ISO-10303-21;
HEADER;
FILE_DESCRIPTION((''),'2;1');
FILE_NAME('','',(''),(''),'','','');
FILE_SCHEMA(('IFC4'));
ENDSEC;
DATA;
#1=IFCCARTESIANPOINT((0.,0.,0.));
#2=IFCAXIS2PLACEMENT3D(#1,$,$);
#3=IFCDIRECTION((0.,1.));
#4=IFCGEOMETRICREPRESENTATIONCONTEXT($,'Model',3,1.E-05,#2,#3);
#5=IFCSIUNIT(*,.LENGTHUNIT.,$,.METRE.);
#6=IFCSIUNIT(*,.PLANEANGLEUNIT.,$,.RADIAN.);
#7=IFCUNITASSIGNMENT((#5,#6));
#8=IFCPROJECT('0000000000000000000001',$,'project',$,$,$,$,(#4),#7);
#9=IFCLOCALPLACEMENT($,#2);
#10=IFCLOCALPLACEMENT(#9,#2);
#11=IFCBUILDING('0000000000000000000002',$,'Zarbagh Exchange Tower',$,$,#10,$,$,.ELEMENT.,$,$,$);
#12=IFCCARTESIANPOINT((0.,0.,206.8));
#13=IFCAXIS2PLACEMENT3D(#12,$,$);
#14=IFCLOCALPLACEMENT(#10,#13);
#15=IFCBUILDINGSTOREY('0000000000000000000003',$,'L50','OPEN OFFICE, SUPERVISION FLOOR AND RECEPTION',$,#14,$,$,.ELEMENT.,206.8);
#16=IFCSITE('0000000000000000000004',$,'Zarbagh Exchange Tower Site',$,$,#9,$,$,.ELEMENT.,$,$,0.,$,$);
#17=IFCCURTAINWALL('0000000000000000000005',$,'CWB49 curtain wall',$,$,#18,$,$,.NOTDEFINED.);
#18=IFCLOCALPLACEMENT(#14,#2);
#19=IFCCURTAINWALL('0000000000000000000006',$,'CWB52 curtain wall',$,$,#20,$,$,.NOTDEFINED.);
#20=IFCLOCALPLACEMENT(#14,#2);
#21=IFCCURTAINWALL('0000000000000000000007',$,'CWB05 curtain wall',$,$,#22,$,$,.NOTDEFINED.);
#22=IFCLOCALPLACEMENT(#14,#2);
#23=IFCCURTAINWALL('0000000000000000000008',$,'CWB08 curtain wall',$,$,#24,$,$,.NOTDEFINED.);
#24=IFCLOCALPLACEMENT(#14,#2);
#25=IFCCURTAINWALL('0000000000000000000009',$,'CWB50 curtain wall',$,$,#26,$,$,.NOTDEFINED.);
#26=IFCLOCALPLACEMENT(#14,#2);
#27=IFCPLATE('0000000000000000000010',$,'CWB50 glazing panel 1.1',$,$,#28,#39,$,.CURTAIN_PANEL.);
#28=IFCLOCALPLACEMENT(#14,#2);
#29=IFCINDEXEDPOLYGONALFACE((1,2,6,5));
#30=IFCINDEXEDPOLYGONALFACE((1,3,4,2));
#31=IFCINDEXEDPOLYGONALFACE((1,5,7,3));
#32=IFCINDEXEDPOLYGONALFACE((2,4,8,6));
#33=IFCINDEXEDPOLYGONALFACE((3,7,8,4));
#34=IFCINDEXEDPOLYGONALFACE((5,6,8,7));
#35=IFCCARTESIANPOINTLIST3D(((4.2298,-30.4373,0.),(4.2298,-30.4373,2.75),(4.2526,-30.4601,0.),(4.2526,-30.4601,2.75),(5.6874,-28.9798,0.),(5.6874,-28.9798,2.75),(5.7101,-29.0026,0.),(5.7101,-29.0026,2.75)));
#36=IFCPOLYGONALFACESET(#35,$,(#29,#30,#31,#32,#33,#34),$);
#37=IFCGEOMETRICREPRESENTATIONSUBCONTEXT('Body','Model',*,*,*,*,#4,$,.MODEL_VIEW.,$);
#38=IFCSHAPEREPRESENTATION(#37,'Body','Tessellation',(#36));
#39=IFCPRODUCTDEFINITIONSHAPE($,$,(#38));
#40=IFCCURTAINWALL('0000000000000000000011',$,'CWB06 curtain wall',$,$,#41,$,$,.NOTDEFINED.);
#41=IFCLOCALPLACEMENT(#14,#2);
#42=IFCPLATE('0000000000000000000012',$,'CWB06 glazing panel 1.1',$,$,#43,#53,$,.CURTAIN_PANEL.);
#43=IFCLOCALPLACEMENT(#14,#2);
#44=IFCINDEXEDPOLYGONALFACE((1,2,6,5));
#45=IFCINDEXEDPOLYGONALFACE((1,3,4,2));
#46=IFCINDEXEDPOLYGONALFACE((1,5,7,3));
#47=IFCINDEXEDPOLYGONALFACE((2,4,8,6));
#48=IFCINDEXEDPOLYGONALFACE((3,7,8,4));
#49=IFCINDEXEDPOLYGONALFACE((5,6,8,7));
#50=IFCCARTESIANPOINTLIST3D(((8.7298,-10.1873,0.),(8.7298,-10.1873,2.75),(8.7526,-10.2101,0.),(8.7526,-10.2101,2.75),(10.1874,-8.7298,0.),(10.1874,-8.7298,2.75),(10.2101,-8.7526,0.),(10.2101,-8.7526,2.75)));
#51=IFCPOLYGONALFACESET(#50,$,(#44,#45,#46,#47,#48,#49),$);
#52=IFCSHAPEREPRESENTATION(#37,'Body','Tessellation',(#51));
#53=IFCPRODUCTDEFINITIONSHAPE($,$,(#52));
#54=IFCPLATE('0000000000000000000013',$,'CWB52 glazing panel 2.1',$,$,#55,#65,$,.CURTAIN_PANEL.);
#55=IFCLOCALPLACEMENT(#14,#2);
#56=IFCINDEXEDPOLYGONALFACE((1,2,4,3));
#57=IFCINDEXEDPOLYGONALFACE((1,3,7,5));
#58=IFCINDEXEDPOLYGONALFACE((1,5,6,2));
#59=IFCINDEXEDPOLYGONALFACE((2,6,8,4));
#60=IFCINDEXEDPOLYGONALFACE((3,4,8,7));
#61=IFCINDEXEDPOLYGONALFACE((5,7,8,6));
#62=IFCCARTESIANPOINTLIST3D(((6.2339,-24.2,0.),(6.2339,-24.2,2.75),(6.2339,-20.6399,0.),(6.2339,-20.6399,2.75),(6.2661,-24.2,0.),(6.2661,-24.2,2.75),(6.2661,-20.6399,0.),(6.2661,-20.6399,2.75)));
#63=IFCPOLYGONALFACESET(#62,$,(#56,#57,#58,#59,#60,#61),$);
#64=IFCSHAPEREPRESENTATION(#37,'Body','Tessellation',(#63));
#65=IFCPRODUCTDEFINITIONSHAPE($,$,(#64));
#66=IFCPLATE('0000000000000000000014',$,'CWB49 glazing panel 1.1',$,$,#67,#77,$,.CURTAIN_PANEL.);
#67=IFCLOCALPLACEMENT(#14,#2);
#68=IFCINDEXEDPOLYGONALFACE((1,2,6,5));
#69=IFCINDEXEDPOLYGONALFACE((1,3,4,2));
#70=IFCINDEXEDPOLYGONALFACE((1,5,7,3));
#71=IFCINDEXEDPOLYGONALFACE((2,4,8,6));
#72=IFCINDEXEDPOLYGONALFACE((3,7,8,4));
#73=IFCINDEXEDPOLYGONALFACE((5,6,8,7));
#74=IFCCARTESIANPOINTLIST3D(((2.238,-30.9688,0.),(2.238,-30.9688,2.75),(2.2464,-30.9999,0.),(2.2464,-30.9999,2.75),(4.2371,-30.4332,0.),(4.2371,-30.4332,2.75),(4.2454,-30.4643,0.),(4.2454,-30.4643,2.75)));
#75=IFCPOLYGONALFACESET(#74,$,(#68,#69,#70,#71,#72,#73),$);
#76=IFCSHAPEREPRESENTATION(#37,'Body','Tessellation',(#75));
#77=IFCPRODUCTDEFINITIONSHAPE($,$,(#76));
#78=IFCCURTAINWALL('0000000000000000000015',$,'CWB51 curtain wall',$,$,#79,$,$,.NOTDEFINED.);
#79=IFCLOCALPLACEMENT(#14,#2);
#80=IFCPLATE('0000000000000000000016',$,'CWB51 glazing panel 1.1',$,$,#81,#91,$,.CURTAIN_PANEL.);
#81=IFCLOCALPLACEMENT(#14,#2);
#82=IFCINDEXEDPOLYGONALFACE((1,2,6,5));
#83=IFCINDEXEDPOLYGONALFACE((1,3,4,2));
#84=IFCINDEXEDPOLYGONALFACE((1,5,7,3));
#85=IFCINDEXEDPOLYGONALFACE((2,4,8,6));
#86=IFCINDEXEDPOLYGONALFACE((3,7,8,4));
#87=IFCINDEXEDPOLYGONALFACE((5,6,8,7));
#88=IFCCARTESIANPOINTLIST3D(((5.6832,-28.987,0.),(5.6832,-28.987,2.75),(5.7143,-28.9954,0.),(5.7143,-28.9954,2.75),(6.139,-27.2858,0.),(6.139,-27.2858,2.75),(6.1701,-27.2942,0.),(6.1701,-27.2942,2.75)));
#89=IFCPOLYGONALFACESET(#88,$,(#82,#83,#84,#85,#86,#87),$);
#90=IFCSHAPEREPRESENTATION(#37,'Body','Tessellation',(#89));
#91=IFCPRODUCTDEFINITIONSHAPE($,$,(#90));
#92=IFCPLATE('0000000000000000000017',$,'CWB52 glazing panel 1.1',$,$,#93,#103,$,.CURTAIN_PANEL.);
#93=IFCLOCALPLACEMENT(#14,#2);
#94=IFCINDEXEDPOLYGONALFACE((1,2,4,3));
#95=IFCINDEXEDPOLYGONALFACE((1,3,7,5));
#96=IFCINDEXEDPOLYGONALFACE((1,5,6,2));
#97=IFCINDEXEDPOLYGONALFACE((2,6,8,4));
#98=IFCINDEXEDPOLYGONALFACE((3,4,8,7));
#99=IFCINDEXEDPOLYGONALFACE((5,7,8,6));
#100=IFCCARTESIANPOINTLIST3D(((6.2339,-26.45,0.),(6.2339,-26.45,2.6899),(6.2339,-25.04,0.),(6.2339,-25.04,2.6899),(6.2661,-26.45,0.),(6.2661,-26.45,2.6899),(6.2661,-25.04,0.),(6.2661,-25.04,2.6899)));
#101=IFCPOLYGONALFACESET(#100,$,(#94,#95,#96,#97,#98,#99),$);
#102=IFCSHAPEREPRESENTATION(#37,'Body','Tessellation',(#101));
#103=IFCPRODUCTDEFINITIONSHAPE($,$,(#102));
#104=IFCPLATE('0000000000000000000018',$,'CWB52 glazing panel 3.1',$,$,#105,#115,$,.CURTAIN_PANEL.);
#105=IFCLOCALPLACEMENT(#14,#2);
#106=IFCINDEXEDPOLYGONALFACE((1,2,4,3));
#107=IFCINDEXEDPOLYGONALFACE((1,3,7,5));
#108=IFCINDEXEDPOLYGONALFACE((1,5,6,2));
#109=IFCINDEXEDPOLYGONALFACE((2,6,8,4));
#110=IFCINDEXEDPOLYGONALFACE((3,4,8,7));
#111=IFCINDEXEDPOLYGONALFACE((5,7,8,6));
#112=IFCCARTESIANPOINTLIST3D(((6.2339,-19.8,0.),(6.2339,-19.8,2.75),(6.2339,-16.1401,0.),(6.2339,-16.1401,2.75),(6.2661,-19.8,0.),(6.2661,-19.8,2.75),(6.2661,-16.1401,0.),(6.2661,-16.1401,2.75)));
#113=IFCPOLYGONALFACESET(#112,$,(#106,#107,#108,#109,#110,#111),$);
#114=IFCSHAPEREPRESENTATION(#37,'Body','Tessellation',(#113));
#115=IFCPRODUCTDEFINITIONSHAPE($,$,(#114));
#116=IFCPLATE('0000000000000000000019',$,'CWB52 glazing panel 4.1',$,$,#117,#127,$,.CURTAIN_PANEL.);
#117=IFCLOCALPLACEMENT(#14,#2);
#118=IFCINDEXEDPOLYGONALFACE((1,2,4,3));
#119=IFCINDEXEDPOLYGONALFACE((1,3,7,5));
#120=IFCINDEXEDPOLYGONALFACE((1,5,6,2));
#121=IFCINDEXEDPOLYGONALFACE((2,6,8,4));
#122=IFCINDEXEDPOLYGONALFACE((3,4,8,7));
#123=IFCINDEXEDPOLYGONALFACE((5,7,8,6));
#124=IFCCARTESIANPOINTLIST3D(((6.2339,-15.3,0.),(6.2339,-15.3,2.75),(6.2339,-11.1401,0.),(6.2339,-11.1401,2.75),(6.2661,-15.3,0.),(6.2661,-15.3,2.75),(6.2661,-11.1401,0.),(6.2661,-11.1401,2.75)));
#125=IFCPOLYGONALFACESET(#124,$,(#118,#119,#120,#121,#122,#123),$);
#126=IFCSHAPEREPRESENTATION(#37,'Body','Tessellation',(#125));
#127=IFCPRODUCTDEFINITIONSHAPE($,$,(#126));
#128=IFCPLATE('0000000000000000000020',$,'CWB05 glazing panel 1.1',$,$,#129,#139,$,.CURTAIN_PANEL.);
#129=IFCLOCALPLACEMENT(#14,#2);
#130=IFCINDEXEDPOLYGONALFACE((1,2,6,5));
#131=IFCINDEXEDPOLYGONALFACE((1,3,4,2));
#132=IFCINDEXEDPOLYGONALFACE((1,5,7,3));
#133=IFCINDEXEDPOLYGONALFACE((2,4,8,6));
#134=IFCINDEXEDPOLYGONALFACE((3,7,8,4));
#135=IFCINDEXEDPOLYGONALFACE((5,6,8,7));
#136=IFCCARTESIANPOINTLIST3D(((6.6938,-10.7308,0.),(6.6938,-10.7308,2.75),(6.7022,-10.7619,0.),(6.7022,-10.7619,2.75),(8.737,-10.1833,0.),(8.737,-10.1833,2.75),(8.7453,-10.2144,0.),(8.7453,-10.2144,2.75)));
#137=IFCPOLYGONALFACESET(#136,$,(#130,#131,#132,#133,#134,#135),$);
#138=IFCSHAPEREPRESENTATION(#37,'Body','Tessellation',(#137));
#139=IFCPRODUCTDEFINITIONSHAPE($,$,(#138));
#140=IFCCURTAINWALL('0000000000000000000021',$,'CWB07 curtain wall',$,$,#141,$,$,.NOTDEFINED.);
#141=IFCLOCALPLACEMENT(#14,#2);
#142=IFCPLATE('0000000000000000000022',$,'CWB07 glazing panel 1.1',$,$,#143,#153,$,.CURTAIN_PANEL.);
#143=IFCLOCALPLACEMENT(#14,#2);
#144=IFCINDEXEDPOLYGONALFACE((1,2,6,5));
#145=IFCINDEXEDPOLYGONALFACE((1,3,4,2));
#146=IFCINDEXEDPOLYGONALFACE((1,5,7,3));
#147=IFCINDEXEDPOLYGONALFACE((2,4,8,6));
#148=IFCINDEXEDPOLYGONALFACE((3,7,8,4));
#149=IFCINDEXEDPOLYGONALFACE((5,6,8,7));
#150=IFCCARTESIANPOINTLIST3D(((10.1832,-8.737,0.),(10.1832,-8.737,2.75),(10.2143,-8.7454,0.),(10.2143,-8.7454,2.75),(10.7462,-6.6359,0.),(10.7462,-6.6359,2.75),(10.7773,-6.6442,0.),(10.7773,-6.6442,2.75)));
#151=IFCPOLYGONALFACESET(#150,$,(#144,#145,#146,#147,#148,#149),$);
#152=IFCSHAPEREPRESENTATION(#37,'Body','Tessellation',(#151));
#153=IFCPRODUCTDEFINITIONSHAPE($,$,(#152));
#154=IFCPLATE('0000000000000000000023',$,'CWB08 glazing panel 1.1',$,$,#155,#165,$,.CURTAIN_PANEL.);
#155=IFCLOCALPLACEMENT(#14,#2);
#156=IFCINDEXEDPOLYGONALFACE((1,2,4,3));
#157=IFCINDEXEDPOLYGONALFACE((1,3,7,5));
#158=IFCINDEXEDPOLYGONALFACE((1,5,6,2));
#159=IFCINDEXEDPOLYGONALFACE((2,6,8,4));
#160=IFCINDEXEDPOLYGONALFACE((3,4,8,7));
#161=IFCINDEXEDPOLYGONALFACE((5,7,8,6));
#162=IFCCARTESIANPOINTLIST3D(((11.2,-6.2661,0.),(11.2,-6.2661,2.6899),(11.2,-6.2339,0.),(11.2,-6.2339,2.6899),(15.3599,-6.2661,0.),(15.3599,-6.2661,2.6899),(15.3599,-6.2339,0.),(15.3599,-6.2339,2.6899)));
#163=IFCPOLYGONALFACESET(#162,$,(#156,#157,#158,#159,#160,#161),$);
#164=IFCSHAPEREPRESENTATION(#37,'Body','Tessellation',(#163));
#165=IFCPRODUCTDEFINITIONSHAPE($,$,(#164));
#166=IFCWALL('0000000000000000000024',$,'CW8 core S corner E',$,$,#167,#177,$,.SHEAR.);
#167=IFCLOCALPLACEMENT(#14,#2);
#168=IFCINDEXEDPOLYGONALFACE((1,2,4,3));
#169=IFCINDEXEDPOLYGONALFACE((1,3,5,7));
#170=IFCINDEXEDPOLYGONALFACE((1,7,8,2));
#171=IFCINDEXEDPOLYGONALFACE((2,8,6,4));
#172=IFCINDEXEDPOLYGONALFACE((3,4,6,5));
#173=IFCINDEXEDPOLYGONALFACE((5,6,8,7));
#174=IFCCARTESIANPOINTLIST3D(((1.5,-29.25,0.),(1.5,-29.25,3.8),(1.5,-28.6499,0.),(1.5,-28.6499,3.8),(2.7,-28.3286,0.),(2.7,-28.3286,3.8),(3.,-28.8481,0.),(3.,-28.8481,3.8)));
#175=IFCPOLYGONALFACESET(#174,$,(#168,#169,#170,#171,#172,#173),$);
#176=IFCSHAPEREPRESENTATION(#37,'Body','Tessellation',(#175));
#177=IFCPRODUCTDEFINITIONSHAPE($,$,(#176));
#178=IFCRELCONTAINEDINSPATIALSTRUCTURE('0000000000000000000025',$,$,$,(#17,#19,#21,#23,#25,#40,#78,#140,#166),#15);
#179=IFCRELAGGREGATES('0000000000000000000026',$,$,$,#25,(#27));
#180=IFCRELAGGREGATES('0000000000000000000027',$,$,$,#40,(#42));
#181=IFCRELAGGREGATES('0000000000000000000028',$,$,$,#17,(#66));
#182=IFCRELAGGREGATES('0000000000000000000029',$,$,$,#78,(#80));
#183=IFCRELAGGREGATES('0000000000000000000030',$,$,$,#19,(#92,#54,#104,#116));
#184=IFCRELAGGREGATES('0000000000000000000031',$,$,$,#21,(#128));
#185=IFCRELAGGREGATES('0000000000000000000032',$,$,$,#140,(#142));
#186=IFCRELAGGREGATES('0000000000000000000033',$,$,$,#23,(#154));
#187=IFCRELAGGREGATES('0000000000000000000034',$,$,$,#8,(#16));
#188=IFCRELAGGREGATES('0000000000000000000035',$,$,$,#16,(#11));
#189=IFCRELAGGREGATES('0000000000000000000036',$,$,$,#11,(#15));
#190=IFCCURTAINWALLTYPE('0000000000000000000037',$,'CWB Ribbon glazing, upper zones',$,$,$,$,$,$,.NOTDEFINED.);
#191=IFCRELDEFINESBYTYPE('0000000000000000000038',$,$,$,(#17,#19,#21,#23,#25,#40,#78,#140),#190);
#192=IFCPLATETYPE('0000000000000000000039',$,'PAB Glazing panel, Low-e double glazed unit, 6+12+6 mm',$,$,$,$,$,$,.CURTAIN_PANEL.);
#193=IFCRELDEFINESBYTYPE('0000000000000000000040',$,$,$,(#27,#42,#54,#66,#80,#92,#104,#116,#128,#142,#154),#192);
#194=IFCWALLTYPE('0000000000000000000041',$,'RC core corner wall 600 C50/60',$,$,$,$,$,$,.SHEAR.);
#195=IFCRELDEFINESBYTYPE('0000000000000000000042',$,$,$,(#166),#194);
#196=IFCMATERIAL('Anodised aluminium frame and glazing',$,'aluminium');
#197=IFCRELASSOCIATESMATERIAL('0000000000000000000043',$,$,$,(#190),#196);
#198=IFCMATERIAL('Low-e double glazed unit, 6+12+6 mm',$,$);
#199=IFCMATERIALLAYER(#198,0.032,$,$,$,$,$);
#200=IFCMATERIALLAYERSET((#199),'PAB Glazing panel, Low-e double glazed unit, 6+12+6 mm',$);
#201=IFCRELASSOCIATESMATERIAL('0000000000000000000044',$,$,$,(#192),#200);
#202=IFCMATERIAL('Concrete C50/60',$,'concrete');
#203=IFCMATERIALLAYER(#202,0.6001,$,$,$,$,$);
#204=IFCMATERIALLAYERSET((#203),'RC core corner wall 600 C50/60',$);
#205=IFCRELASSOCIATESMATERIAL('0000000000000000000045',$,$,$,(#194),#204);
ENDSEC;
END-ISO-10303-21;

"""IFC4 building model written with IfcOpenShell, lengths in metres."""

from ifc_helpers import new_model, si_unit, direction, frame, origin, place, context, subcontext, project, spatial, polyline, outline, extrude, source, transform, mapped, material, layer, layer_set, type_object, element, aggregate, save


model = new_model("IFC4")

# Units and contexts
model_context = context("Model", 3, precision=1e-05, world=origin(), true_north=direction((0.0, 1.0)))
body_context = subcontext(model_context, "Body", "Model", "MODEL_VIEW")
ifc_project = project(units=[si_unit("LENGTHUNIT", "METRE"), si_unit("PLANEANGLEUNIT", "RADIAN")], contexts=[model_context])

# Site, building, storey
site_placement = place(None, origin())
site = spatial("IfcSite", under=ifc_project, at=site_placement, Name="Zarbagh Exchange Tower Site", CompositionType="ELEMENT", RefElevation=0.0)
building_placement = place(site_placement, origin())
building = spatial("IfcBuilding", under=site, at=building_placement, Name="Zarbagh Exchange Tower", CompositionType="ELEMENT")
storey_placement = place(building_placement, frame((0.0, 0.0, 206.8)))
storey = spatial("IfcBuildingStorey", under=building, at=storey_placement, Name="L50", Description="OPEN OFFICE, SUPERVISION FLOOR AND RECEPTION", CompositionType="ELEMENT", Elevation=206.8)

# Curtain wall
ifc_material_1 = material(Name="Anodised aluminium frame and glazing", Category="aluminium")
curtain_wall_type = type_object("IfcCurtainWallType", Name="CWB Ribbon glazing, upper zones", PredefinedType="NOTDEFINED", material=ifc_material_1)
curtain_wall_1_placement = place(storey_placement, origin())
curtain_wall_1 = element("IfcCurtainWall", 1, at=curtain_wall_1_placement, inside=storey, type_object=curtain_wall_type, Name="CWB49 curtain wall", PredefinedType="NOTDEFINED")
placement = place(storey_placement, origin())

# Curtain wall
curtain_wall_2_placement = place(storey_placement, origin())
curtain_wall_2 = element("IfcCurtainWall", 2, at=curtain_wall_2_placement, inside=storey, type_object=curtain_wall_type, Name="CWB52 curtain wall", PredefinedType="NOTDEFINED")

# Curtain walls
curtain_wall_3_placement = place(storey_placement, origin())
curtain_wall_3 = element("IfcCurtainWall", 3, at=curtain_wall_3_placement, inside=storey, type_object=curtain_wall_type, Name="CWB05 curtain wall", PredefinedType="NOTDEFINED")
curtain_wall_4_placement = place(storey_placement, origin())
curtain_wall_4 = element("IfcCurtainWall", 4, at=curtain_wall_4_placement, inside=storey, type_object=curtain_wall_type, Name="CWB08 curtain wall", PredefinedType="NOTDEFINED")

# Curtain walls, plates
curtain_wall_5_placement = place(storey_placement, origin())
curtain_wall_5 = element("IfcCurtainWall", 5, at=curtain_wall_5_placement, inside=storey, type_object=curtain_wall_type, Name="CWB50 curtain wall", PredefinedType="NOTDEFINED")
ifc_material_2 = material(Name="Low-e double glazed unit, 6+12+6 mm")
ifc_layer_1 = layer(ifc_material_2, 0.032)
ifc_layer_set_1 = layer_set([ifc_layer_1], Name="PAB Glazing panel, Low-e double glazed unit, 6+12+6 mm")
plate_type = type_object("IfcPlateType", Name="PAB Glazing panel, Low-e double glazed unit, 6+12+6 mm", PredefinedType="CURTAIN_PANEL", material=ifc_layer_set_1)
shared_shape_1 = source(origin(), body_context, "Body", "SweptSolid", [
    extrude(outline(polyline([(0.0, -0.0161), (2.0613, -0.0161), (2.0613, 0.0161), (0.0, 0.0161), (0.0, -0.0161)])), origin(), (0.0, 0.0, 1.0), 2.75),
])
plate_1 = element("IfcPlate", 6, at=placement, type_object=plate_type, Name="CWB50 glazing panel 1.1", PredefinedType="CURTAIN_PANEL", context=body_context, shape_type="MappedRepresentation", body=[
    mapped(shared_shape_1, transform((4.2412, -30.4487, 0.0), x_axis=(0.707107, 0.707107, 0.0), y_axis=(-0.707107, 0.707107, 0.0), z_axis=(0.0, 0.0, 1.0))),
])
aggregate(curtain_wall_5, [plate_1])
curtain_wall_6_placement = place(storey_placement, origin())
curtain_wall_6 = element("IfcCurtainWall", 7, at=curtain_wall_6_placement, inside=storey, type_object=curtain_wall_type, Name="CWB06 curtain wall", PredefinedType="NOTDEFINED")
plate_2 = element("IfcPlate", 8, at=placement, type_object=plate_type, Name="CWB06 glazing panel 1.1", PredefinedType="CURTAIN_PANEL", context=body_context, shape_type="MappedRepresentation", body=[
    mapped(shared_shape_1, transform((8.7412, -10.1987, 0.0), x_axis=(0.707107, 0.707107, 0.0), y_axis=(-0.707107, 0.707107, 0.0), z_axis=(0.0, 0.0, 1.0))),
])
aggregate(curtain_wall_6, [plate_2])

# Plates
shared_shape_2 = source(origin(), body_context, "Body", "SweptSolid", [
    extrude(outline(polyline([(0.0, -0.0161), (3.5601, -0.0161), (3.5601, 0.0161), (0.0, 0.0161), (0.0, -0.0161)])), origin(), (0.0, 0.0, 1.0), 2.75),
])
plate_3 = element("IfcPlate", 9, at=placement, type_object=plate_type, Name="CWB52 glazing panel 2.1", PredefinedType="CURTAIN_PANEL", context=body_context, shape_type="MappedRepresentation", body=[
    mapped(shared_shape_2, transform((6.25, -24.2, 0.0), x_axis=(0.0, 1.0, 0.0), y_axis=(-1.0, 0.0, 0.0), z_axis=(0.0, 0.0, 1.0))),
])
shared_shape_3 = source(origin(), body_context, "Body", "SweptSolid", [
    extrude(outline(polyline([(0.0, -0.0161), (2.0696, -0.0161), (2.0696, 0.0161), (0.0, 0.0161), (0.0, -0.0161)])), origin(), (0.0, 0.0, 1.0), 2.75),
])
plate_4 = element("IfcPlate", 10, at=placement, type_object=plate_type, Name="CWB49 glazing panel 1.1", PredefinedType="CURTAIN_PANEL", context=body_context, shape_type="MappedRepresentation", body=[
    mapped(shared_shape_3, transform((2.2422, -30.9844, 0.0), x_axis=(0.965924, 0.258825, 0.0), y_axis=(-0.258825, 0.965924, 0.0), z_axis=(0.0, 0.0, 1.0))),
])
aggregate(curtain_wall_1, [plate_4])

# Curtain wall, plate
curtain_wall_7_placement = place(storey_placement, origin())
curtain_wall_7 = element("IfcCurtainWall", 11, at=curtain_wall_7_placement, inside=storey, type_object=curtain_wall_type, Name="CWB51 curtain wall", PredefinedType="NOTDEFINED")
shared_shape_4 = source(origin(), body_context, "Body", "SweptSolid", [
    extrude(outline(polyline([(0.0, -0.0161), (1.7612, -0.0161), (1.7612, 0.0161), (0.0, 0.0161), (0.0, -0.0161)])), origin(), (0.0, 0.0, 1.0), 2.75),
])
plate_5 = element("IfcPlate", 12, at=placement, type_object=plate_type, Name="CWB51 glazing panel 1.1", PredefinedType="CURTAIN_PANEL", context=body_context, shape_type="MappedRepresentation", body=[
    mapped(shared_shape_4, transform((5.6987, -28.9912, 0.0), x_axis=(0.258825, 0.965924, 0.0), y_axis=(-0.965924, 0.258825, 0.0), z_axis=(0.0, 0.0, 1.0))),
])
aggregate(curtain_wall_7, [plate_5])

# Plates
shared_shape_5 = source(origin(), body_context, "Body", "SweptSolid", [
    extrude(outline(polyline([(0.0, -0.0161), (1.4099, -0.0161), (1.4099, 0.0161), (0.0, 0.0161), (0.0, -0.0161)])), origin(), (0.0, 0.0, 1.0), 2.6899),
])
plate_6 = element("IfcPlate", 13, at=placement, type_object=plate_type, Name="CWB52 glazing panel 1.1", PredefinedType="CURTAIN_PANEL", context=body_context, shape_type="MappedRepresentation", body=[
    mapped(shared_shape_5, transform((6.25, -26.45, 0.0), x_axis=(0.0, 1.0, 0.0), y_axis=(-1.0, 0.0, 0.0), z_axis=(0.0, 0.0, 1.0))),
])
shared_shape_6 = source(origin(), body_context, "Body", "SweptSolid", [
    extrude(outline(polyline([(0.0, -0.0161), (3.6599, -0.0161), (3.6599, 0.0161), (0.0, 0.0161), (0.0, -0.0161)])), origin(), (0.0, 0.0, 1.0), 2.75),
])
plate_7 = element("IfcPlate", 14, at=placement, type_object=plate_type, Name="CWB52 glazing panel 3.1", PredefinedType="CURTAIN_PANEL", context=body_context, shape_type="MappedRepresentation", body=[
    mapped(shared_shape_6, transform((6.25, -19.8, 0.0), x_axis=(0.0, 1.0, 0.0), y_axis=(-1.0, 0.0, 0.0), z_axis=(0.0, 0.0, 1.0))),
])
shared_shape_7 = source(origin(), body_context, "Body", "SweptSolid", [
    extrude(outline(polyline([(0.0, -0.0161), (4.1599, -0.0161), (4.1599, 0.0161), (0.0, 0.0161), (0.0, -0.0161)])), origin(), (0.0, 0.0, 1.0), 2.75),
])
plate_8 = element("IfcPlate", 15, at=placement, type_object=plate_type, Name="CWB52 glazing panel 4.1", PredefinedType="CURTAIN_PANEL", context=body_context, shape_type="MappedRepresentation", body=[
    mapped(shared_shape_7, transform((6.25, -15.3, 0.0), x_axis=(0.0, 1.0, 0.0), y_axis=(-1.0, 0.0, 0.0), z_axis=(0.0, 0.0, 1.0))),
])
aggregate(curtain_wall_2, [plate_6, plate_3, plate_7, plate_8])
shared_shape_8 = source(origin(), body_context, "Body", "SweptSolid", [
    extrude(outline(polyline([(0.0, -0.0161), (2.1152, -0.0161), (2.1152, 0.0161), (0.0, 0.0161), (0.0, -0.0161)])), origin(), (0.0, 0.0, 1.0), 2.75),
])
plate_9 = element("IfcPlate", 16, at=placement, type_object=plate_type, Name="CWB05 glazing panel 1.1", PredefinedType="CURTAIN_PANEL", context=body_context, shape_type="MappedRepresentation", body=[
    mapped(shared_shape_8, transform((6.698, -10.7463, 0.0), x_axis=(0.965924, 0.258825, 0.0), y_axis=(-0.258825, 0.965924, 0.0), z_axis=(0.0, 0.0, 1.0))),
])
aggregate(curtain_wall_3, [plate_9])

# Curtain wall, plate
curtain_wall_8_placement = place(storey_placement, origin())
curtain_wall_8 = element("IfcCurtainWall", 17, at=curtain_wall_8_placement, inside=storey, type_object=curtain_wall_type, Name="CWB07 curtain wall", PredefinedType="NOTDEFINED")
shared_shape_9 = source(origin(), body_context, "Body", "SweptSolid", [
    extrude(outline(polyline([(0.0, -0.0161), (2.1753, -0.0161), (2.1753, 0.0161), (0.0, 0.0161), (0.0, -0.0161)])), origin(), (0.0, 0.0, 1.0), 2.75),
])
plate_10 = element("IfcPlate", 18, at=placement, type_object=plate_type, Name="CWB07 glazing panel 1.1", PredefinedType="CURTAIN_PANEL", context=body_context, shape_type="MappedRepresentation", body=[
    mapped(shared_shape_9, transform((10.1987, -8.7412, 0.0), x_axis=(0.258825, 0.965924, 0.0), y_axis=(-0.965924, 0.258825, 0.0), z_axis=(0.0, 0.0, 1.0))),
])
aggregate(curtain_wall_8, [plate_10])

# Plate
shared_shape_10 = source(origin(), body_context, "Body", "SweptSolid", [
    extrude(outline(polyline([(0.0, -0.0161), (4.1599, -0.0161), (4.1599, 0.0161), (0.0, 0.0161), (0.0, -0.0161)])), origin(), (0.0, 0.0, 1.0), 2.6899),
])
plate_11 = element("IfcPlate", 19, at=placement, type_object=plate_type, Name="CWB08 glazing panel 1.1", PredefinedType="CURTAIN_PANEL", context=body_context, shape_type="MappedRepresentation", body=[
    mapped(shared_shape_10, transform((11.2, -6.25, 0.0), x_axis=(1.0, 0.0, 0.0), y_axis=(0.0, 1.0, 0.0), z_axis=(0.0, 0.0, 1.0))),
])
aggregate(curtain_wall_4, [plate_11])

# Wall
ifc_material_3 = material(Name="Concrete C50/60", Category="concrete")
ifc_layer_2 = layer(ifc_material_3, 0.6001)
ifc_layer_set_2 = layer_set([ifc_layer_2], Name="RC core corner wall 600 C50/60")
wall_type = type_object("IfcWallType", Name="RC core corner wall 600 C50/60", PredefinedType="SHEAR", material=ifc_layer_set_2)
wall_placement = place(storey_placement, origin())
element("IfcWall", 20, at=wall_placement, inside=storey, type_object=wall_type, Name="CW8 core S corner E", PredefinedType="SHEAR", context=body_context, shape_type="SweptSolid", body=[
    extrude(outline(polyline([(3.0, -28.8481), (1.5, -29.25), (1.5, -28.6499), (2.7, -28.3286), (3.0, -28.8481)])), origin(), (0.0, 0.0, 1.0), 3.8),
])

save(model, "model.ifc")
